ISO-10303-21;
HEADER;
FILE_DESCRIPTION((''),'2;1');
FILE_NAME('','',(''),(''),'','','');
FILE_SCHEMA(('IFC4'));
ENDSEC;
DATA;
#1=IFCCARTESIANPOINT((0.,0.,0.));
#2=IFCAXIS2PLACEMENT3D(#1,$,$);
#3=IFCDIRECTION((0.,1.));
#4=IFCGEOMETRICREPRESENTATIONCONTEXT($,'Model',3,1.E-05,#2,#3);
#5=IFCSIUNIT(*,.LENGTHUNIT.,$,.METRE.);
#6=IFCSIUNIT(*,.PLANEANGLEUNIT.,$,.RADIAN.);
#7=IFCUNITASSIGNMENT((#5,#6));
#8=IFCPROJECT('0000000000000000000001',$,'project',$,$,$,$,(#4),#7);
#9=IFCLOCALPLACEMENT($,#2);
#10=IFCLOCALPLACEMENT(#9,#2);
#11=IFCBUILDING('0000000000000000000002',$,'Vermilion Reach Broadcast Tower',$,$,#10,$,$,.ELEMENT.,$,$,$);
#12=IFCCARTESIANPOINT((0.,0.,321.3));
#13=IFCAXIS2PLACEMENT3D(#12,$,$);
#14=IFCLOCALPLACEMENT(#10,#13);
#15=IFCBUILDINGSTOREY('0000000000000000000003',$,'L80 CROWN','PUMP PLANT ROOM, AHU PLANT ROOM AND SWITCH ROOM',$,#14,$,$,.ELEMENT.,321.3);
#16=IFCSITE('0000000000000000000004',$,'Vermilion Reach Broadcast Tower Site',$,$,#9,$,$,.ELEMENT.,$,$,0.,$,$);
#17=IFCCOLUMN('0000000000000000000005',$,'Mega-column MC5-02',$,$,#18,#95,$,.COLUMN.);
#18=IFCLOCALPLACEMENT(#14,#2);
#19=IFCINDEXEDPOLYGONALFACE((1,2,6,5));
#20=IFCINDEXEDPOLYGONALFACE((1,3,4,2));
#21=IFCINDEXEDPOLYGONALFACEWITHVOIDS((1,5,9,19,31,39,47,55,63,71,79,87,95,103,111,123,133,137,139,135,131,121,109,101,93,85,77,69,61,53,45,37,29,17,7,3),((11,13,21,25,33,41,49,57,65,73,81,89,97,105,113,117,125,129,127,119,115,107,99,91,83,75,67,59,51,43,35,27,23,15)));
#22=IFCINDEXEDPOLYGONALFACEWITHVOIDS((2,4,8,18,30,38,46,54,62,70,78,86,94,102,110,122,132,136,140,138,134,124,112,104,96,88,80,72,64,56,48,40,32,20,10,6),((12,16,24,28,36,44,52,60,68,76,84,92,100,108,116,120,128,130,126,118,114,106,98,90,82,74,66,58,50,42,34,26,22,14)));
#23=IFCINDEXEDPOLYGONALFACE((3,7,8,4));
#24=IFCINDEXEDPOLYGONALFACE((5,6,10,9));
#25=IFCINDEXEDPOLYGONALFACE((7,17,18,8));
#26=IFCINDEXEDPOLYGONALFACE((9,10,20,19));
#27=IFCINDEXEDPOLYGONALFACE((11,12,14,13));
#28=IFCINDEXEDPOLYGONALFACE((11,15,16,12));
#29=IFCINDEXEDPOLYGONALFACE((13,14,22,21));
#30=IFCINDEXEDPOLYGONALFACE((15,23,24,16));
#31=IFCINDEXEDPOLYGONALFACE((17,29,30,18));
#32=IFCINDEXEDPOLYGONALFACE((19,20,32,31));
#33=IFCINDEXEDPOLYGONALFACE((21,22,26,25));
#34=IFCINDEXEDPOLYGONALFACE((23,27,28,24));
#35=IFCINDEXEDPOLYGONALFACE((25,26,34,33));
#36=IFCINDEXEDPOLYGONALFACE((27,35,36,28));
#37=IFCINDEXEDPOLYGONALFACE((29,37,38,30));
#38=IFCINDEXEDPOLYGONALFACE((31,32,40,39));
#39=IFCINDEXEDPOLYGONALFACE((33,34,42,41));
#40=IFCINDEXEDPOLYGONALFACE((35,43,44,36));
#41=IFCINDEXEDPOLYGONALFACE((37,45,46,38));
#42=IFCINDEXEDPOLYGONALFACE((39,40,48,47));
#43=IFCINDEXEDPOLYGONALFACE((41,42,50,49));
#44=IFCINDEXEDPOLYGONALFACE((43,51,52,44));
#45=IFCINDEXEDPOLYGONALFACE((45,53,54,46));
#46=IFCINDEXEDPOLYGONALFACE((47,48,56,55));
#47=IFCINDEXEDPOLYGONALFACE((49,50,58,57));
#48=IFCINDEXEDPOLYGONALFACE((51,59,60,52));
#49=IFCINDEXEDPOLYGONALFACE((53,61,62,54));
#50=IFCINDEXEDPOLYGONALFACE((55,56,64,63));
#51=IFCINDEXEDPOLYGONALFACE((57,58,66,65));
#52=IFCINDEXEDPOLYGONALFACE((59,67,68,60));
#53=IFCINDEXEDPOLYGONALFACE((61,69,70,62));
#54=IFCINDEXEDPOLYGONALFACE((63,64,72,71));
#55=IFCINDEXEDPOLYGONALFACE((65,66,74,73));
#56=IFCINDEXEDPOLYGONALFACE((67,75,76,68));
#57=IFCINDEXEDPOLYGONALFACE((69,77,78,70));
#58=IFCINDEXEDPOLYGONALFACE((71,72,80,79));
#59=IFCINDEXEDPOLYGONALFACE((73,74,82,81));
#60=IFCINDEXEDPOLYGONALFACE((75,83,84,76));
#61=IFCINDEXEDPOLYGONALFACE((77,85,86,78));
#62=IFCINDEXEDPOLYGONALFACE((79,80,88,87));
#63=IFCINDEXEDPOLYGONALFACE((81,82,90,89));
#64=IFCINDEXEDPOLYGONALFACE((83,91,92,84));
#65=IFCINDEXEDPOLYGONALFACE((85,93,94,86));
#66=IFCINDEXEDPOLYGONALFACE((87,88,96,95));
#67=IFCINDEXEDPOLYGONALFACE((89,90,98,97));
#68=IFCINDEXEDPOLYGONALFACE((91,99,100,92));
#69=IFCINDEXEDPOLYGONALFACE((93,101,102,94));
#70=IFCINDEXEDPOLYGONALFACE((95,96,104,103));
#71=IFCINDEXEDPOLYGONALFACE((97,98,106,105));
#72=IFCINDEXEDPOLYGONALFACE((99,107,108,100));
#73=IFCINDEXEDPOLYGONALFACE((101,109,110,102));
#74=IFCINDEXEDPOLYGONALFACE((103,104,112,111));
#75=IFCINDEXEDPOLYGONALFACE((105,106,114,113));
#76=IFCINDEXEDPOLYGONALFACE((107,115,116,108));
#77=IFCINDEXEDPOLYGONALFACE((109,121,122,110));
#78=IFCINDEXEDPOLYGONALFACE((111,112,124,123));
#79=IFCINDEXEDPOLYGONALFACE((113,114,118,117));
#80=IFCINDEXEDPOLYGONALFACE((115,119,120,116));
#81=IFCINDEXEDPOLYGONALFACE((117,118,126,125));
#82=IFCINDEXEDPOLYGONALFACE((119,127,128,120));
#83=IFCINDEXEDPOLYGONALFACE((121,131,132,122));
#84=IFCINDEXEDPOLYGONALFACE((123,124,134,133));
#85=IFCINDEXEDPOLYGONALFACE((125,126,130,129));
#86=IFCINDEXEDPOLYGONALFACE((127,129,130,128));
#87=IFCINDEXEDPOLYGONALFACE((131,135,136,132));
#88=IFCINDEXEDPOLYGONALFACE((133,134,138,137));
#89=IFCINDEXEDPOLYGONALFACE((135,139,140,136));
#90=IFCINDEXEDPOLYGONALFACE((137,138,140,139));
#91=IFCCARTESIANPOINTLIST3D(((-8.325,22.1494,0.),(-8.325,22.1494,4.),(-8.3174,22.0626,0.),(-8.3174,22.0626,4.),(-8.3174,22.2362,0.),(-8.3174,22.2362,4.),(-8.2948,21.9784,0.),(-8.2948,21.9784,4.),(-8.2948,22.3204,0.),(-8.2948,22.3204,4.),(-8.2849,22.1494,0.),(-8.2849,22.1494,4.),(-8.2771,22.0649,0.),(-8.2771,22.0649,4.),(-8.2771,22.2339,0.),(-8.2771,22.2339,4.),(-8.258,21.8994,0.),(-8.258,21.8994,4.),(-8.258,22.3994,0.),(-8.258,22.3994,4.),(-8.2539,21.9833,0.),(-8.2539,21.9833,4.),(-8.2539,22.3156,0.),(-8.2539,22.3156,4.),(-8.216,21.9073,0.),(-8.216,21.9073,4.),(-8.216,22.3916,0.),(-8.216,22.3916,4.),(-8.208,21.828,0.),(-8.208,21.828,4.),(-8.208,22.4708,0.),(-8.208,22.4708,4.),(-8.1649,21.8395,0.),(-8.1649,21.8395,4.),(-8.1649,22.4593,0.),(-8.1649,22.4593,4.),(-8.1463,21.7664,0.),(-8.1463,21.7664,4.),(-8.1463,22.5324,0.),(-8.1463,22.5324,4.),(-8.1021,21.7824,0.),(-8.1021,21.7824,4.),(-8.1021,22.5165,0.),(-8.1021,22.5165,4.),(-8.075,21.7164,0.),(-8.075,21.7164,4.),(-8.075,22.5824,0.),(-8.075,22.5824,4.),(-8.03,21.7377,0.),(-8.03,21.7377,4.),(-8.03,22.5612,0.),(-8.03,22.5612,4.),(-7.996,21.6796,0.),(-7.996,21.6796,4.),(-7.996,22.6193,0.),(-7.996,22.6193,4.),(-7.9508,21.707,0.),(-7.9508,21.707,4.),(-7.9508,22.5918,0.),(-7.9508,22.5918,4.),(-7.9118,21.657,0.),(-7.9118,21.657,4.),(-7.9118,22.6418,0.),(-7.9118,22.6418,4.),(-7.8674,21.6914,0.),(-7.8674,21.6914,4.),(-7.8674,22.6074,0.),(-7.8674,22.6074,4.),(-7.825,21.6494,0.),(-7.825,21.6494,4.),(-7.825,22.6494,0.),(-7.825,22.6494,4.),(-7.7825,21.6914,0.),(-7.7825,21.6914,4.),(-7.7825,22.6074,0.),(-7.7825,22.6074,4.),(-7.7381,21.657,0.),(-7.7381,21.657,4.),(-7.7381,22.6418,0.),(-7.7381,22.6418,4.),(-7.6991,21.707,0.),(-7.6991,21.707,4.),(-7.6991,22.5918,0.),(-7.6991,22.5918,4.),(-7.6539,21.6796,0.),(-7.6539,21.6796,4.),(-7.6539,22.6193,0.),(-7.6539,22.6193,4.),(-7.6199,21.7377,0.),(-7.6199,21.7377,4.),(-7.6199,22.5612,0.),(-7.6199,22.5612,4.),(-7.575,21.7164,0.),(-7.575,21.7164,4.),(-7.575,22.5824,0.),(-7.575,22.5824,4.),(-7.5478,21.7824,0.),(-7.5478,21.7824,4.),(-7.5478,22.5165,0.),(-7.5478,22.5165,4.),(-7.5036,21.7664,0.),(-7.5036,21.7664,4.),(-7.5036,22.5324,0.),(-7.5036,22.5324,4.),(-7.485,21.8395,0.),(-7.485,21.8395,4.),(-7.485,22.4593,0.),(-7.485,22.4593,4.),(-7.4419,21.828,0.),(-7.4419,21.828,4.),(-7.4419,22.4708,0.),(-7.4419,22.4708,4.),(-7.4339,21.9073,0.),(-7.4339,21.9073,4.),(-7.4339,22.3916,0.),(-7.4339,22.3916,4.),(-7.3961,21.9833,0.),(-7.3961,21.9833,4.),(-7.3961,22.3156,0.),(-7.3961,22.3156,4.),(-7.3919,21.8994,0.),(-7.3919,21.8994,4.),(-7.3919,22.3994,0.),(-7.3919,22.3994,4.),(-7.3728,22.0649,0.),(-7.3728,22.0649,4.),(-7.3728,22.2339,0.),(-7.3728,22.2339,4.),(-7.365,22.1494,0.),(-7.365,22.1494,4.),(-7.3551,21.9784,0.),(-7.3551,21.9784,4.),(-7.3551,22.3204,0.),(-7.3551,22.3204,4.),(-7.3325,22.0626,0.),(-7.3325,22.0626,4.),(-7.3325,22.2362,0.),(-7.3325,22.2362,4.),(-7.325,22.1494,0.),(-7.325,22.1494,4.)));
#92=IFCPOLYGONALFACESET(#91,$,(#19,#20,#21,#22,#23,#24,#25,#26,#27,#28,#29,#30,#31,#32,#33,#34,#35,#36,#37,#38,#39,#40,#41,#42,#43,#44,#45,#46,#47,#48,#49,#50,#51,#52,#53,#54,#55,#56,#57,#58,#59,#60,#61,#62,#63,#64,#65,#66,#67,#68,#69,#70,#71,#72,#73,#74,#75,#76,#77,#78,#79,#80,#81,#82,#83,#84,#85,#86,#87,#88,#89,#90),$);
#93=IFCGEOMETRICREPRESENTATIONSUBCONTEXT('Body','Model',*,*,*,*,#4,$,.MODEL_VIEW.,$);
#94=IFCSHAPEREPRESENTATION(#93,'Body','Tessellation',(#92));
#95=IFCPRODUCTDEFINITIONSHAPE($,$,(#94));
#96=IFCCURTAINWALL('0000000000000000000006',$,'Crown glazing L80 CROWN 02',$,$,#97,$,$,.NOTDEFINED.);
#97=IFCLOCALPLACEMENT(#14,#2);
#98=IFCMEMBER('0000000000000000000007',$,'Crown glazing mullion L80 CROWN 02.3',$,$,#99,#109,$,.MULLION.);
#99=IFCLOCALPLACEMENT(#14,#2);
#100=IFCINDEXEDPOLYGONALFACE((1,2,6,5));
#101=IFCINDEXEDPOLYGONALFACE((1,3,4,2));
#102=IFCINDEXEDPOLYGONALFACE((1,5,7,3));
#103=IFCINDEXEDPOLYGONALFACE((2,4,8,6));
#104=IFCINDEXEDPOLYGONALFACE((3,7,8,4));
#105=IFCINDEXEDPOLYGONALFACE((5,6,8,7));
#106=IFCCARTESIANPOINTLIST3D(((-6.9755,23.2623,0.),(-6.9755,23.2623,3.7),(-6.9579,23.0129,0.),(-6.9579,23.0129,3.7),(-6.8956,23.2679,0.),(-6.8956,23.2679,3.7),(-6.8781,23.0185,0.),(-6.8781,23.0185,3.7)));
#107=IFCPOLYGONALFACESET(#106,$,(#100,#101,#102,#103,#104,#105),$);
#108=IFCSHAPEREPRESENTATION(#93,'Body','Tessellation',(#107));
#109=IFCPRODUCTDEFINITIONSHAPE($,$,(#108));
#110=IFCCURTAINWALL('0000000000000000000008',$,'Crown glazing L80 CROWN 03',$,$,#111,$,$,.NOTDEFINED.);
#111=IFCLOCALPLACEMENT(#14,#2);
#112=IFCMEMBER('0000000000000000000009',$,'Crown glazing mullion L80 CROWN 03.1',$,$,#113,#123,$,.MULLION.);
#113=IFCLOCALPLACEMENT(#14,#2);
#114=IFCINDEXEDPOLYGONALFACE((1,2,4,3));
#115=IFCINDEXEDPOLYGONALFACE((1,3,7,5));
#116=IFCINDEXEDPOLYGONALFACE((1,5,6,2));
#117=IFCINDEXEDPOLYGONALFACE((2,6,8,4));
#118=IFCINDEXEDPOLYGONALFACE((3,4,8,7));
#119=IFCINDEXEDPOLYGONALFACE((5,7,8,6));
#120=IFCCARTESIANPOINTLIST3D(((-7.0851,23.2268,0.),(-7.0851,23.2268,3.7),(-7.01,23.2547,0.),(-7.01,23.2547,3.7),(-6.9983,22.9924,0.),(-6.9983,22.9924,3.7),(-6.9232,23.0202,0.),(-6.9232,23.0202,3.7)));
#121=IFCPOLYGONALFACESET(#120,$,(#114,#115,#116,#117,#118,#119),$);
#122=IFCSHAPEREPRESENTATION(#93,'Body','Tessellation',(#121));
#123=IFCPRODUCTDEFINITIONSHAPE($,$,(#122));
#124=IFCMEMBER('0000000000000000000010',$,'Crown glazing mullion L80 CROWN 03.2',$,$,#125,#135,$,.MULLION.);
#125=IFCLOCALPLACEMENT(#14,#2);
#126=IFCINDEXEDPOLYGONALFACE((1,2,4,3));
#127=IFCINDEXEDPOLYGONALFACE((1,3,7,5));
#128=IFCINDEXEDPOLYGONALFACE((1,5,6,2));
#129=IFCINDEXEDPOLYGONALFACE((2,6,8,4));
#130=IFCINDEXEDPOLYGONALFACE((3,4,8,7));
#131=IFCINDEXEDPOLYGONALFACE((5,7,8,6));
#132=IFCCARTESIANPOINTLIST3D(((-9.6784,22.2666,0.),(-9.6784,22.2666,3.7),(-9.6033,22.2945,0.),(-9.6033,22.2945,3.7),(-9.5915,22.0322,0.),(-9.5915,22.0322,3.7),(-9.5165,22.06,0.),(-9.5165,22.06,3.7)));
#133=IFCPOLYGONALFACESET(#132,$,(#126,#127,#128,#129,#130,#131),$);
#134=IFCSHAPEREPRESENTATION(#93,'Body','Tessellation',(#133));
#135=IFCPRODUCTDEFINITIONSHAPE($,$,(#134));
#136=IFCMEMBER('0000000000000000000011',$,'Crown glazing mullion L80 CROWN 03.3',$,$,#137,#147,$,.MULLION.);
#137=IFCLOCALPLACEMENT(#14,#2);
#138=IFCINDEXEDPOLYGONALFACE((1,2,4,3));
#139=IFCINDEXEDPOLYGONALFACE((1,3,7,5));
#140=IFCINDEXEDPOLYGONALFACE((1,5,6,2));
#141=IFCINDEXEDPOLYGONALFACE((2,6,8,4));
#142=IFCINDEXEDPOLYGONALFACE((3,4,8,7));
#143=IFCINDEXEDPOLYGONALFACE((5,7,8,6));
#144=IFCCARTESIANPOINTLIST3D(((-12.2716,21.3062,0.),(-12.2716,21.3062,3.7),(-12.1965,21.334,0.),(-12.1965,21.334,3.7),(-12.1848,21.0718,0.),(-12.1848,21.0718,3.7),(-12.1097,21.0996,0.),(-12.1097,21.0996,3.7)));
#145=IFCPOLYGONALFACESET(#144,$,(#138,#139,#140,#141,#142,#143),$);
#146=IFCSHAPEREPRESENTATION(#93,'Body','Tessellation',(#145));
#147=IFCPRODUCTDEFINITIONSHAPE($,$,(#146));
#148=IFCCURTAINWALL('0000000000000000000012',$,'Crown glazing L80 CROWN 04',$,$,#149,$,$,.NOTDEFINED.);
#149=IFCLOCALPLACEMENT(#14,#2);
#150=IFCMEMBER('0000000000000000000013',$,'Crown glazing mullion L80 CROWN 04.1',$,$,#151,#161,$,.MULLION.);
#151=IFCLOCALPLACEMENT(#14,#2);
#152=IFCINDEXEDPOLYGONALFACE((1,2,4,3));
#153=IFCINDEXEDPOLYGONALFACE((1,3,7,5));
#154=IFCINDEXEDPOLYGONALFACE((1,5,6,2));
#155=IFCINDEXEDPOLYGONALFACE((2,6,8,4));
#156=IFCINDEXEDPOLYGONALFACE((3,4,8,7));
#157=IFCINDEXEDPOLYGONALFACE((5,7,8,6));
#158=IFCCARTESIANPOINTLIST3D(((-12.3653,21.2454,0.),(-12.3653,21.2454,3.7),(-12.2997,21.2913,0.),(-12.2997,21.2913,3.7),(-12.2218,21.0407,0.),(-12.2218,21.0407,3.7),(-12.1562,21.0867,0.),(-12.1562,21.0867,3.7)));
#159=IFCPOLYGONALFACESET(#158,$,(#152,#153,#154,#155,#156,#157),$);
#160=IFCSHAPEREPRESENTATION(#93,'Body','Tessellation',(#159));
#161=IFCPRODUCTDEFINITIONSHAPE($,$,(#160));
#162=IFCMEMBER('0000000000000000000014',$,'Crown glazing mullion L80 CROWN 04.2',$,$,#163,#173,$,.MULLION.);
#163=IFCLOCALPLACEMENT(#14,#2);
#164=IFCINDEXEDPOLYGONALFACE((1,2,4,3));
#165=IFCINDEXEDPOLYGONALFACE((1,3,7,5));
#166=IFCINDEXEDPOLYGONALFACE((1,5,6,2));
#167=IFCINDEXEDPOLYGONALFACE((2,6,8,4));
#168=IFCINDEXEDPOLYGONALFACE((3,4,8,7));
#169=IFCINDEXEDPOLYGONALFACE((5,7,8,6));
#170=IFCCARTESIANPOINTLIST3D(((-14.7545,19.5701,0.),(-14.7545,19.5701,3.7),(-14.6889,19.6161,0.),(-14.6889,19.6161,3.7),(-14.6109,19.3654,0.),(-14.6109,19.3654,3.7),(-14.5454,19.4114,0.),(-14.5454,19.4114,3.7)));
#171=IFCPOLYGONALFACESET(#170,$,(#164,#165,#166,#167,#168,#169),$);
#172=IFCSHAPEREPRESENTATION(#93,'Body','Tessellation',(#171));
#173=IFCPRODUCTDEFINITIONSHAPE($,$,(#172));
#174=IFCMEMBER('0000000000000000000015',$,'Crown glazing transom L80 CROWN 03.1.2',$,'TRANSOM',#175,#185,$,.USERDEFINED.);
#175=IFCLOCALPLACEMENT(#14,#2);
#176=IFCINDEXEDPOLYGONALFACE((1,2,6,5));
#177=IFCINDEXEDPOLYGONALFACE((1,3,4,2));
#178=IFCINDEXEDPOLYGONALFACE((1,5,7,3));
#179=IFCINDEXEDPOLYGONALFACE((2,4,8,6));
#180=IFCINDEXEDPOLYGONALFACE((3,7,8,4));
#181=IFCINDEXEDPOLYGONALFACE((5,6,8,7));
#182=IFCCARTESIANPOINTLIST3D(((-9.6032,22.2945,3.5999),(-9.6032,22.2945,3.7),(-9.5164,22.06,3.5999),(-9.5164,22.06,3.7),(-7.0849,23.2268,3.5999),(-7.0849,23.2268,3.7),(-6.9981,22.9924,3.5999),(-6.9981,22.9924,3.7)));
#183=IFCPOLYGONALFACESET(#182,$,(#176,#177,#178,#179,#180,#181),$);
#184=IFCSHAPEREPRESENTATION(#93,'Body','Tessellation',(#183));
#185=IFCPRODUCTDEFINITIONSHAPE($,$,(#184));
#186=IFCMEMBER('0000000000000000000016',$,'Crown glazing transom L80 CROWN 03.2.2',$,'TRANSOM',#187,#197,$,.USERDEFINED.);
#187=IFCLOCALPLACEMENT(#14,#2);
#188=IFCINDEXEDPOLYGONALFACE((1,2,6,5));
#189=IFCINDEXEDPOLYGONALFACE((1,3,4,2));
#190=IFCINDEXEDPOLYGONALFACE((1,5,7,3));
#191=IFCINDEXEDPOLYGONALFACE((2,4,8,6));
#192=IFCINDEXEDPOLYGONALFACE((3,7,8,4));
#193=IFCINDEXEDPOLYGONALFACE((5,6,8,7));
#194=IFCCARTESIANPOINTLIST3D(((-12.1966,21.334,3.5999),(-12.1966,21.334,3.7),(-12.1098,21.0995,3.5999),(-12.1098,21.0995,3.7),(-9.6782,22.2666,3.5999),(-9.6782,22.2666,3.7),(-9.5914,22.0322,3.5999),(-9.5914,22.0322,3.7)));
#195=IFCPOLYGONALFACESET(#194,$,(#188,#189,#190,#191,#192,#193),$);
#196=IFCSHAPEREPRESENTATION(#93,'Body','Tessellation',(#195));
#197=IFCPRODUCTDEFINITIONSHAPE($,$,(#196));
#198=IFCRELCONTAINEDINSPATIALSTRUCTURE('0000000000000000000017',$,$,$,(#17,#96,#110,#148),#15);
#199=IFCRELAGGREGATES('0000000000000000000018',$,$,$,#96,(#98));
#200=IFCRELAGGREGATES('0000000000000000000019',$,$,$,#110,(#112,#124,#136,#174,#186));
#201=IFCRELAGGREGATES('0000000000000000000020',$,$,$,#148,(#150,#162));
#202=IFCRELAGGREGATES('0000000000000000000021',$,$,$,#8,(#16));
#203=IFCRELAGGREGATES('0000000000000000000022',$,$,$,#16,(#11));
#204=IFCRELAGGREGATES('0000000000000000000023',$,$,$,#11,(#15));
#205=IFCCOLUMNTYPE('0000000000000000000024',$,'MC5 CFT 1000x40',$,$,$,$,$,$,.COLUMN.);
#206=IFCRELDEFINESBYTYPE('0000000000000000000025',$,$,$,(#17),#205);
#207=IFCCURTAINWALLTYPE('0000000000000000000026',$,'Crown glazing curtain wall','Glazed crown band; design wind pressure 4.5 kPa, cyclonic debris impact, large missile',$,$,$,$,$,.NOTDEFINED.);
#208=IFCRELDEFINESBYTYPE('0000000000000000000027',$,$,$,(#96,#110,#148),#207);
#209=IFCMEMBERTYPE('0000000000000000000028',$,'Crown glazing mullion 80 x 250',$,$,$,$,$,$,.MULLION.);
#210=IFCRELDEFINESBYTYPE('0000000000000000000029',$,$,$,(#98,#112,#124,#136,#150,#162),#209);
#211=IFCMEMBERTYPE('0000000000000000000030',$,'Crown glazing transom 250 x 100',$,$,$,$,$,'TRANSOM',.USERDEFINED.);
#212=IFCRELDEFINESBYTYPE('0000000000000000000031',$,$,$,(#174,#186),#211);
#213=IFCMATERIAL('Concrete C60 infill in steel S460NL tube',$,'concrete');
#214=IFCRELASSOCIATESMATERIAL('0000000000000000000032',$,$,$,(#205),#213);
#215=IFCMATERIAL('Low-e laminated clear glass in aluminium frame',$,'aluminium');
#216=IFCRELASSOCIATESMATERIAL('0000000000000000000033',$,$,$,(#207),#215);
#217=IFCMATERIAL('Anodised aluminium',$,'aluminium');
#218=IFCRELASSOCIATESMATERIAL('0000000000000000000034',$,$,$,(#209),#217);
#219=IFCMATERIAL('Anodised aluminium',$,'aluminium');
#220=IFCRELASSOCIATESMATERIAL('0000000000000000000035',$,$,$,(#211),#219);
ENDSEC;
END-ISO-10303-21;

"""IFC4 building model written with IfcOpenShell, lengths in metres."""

from ifc_helpers import new_model, si_unit, direction, frame, origin, origin_2d, place, context, subcontext, project, spatial, rectangle, hollow_circle, extrude, material, material_profile, profile_set, type_object, element, aggregate, save


model = new_model("IFC4")

# Units and contexts
model_context = context("Model", 3, precision=1e-05, world=origin(), true_north=direction((0.0, 1.0)))
body_context = subcontext(model_context, "Body", "Model", "MODEL_VIEW")
ifc_project = project(units=[si_unit("LENGTHUNIT", "METRE"), si_unit("PLANEANGLEUNIT", "RADIAN")], contexts=[model_context])

# Site, building, storey
site_placement = place(None, origin())
site = spatial("IfcSite", under=ifc_project, at=site_placement, Name="Vermilion Reach Broadcast Tower Site", CompositionType="ELEMENT", RefElevation=0.0)
building_placement = place(site_placement, origin())
building = spatial("IfcBuilding", under=site, at=building_placement, Name="Vermilion Reach Broadcast Tower", CompositionType="ELEMENT")
storey_placement = place(building_placement, frame((0.0, 0.0, 321.3)))
storey = spatial("IfcBuildingStorey", under=building, at=storey_placement, Name="L80 CROWN", Description="PUMP PLANT ROOM, AHU PLANT ROOM AND SWITCH ROOM", CompositionType="ELEMENT", Elevation=321.3)

# Column
ifc_material_1 = material(Name="Concrete C60 infill in steel S460NL tube", Category="concrete")
ifc_material_profile_1 = material_profile(ifc_material_1, hollow_circle(Radius=0.5, WallThickness=0.04, at=origin_2d()), Name="Concrete C60 infill in steel S460NL tube CFT 1000x40")
ifc_profile_set_1 = profile_set([ifc_material_profile_1], Name="Concrete C60 infill in steel S460NL tube")
column_type = type_object("IfcColumnType", Name="MC5 CFT 1000x40", PredefinedType="COLUMN", material=ifc_profile_set_1)
column_placement = place(storey_placement, frame((-7.825, 22.1494, 0.0), z_axis=(0.0, 0.0, 1.0), x_axis=(1.0, 0.0, 0.0)))
element("IfcColumn", 1, at=column_placement, inside=storey, type_object=column_type, Name="Mega-column MC5-02", PredefinedType="COLUMN", context=body_context, shape_type="SweptSolid", body=[
    extrude(hollow_circle(Radius=0.5, WallThickness=0.04, at=origin_2d()), origin(), (0.0, 0.0, 1.0), 4.0),
])

# Curtain wall, member
ifc_material_2 = material(Name="Low-e laminated clear glass in aluminium frame", Category="aluminium")
curtain_wall_type = type_object("IfcCurtainWallType", Name="Crown glazing curtain wall", Description="Glazed crown band; design wind pressure 4.5 kPa, cyclonic debris impact, large missile", PredefinedType="NOTDEFINED", material=ifc_material_2)
placement = place(storey_placement, origin())
curtain_wall_1 = element("IfcCurtainWall", 2, at=placement, inside=storey, type_object=curtain_wall_type, Name="Crown glazing L80 CROWN 02", PredefinedType="NOTDEFINED")
ifc_material_3 = material(Name="Anodised aluminium", Category="aluminium")
ifc_material_profile_2 = material_profile(ifc_material_3, rectangle(XDim=0.25, YDim=0.0801, at=origin_2d()), Name="Crown glazing mullion 80 x 250")
ifc_profile_set_2 = profile_set([ifc_material_profile_2], Name="Anodised aluminium")
member_type_1 = type_object("IfcMemberType", Name="Crown glazing mullion 80 x 250", PredefinedType="MULLION", material=ifc_profile_set_2)
member_1_placement = place(storey_placement, frame((-6.9268, 23.1404, 0.0), z_axis=(0.0, 0.0, 1.0), x_axis=(0.070082, -0.997541, 0.0)))
member_1 = element("IfcMember", 3, at=member_1_placement, type_object=member_type_1, Name="Crown glazing mullion L80 CROWN 02.3", PredefinedType="MULLION", context=body_context, shape_type="SweptSolid", body=[
    extrude(rectangle(XDim=0.25, YDim=0.0801, at=origin_2d()), origin(), (0.0, 0.0, 1.0), 3.7),
])

# Curtain walls, members
curtain_wall_2 = element("IfcCurtainWall", 4, at=placement, inside=storey, type_object=curtain_wall_type, Name="Crown glazing L80 CROWN 03", PredefinedType="NOTDEFINED")
member_2_placement = place(storey_placement, frame((-7.0042, 23.1235, 0.0), z_axis=(0.0, 0.0, 1.0), x_axis=(0.347291, -0.937757, 0.0)))
member_2 = element("IfcMember", 5, at=member_2_placement, type_object=member_type_1, Name="Crown glazing mullion L80 CROWN 03.1", PredefinedType="MULLION", context=body_context, shape_type="SweptSolid", body=[
    extrude(rectangle(XDim=0.25, YDim=0.0801, at=origin_2d()), origin(), (0.0, 0.0, 1.0), 3.7),
])
member_3_placement = place(storey_placement, frame((-9.5974, 22.1633, 0.0), z_axis=(0.0, 0.0, 1.0), x_axis=(0.347291, -0.937757, 0.0)))
member_3 = element("IfcMember", 6, at=member_3_placement, type_object=member_type_1, Name="Crown glazing mullion L80 CROWN 03.2", PredefinedType="MULLION", context=body_context, shape_type="SweptSolid", body=[
    extrude(rectangle(XDim=0.25, YDim=0.0801, at=origin_2d()), origin(), (0.0, 0.0, 1.0), 3.7),
])
member_4_placement = place(storey_placement, frame((-12.1907, 21.2029, 0.0), z_axis=(0.0, 0.0, 1.0), x_axis=(0.347291, -0.937757, 0.0)))
member_4 = element("IfcMember", 7, at=member_4_placement, type_object=member_type_1, Name="Crown glazing mullion L80 CROWN 03.3", PredefinedType="MULLION", context=body_context, shape_type="SweptSolid", body=[
    extrude(rectangle(XDim=0.25, YDim=0.0801, at=origin_2d()), origin(), (0.0, 0.0, 1.0), 3.7),
])
curtain_wall_3 = element("IfcCurtainWall", 8, at=placement, inside=storey, type_object=curtain_wall_type, Name="Crown glazing L80 CROWN 04", PredefinedType="NOTDEFINED")
member_5_placement = place(storey_placement, frame((-12.2607, 21.166, 0.0), z_axis=(0.0, 0.0, 1.0), x_axis=(0.574164, -0.81874, 0.0)))
member_5 = element("IfcMember", 9, at=member_5_placement, type_object=member_type_1, Name="Crown glazing mullion L80 CROWN 04.1", PredefinedType="MULLION", context=body_context, shape_type="SweptSolid", body=[
    extrude(rectangle(XDim=0.25, YDim=0.0801, at=origin_2d()), origin(), (0.0, 0.0, 1.0), 3.7),
])
member_6_placement = place(storey_placement, frame((-14.6499, 19.4907, 0.0), z_axis=(0.0, 0.0, 1.0), x_axis=(0.574164, -0.81874, 0.0)))
member_6 = element("IfcMember", 10, at=member_6_placement, type_object=member_type_1, Name="Crown glazing mullion L80 CROWN 04.2", PredefinedType="MULLION", context=body_context, shape_type="SweptSolid", body=[
    extrude(rectangle(XDim=0.25, YDim=0.0801, at=origin_2d()), origin(), (0.0, 0.0, 1.0), 3.7),
])

# Members
ifc_material_4 = material(Name="Anodised aluminium", Category="aluminium")
ifc_material_profile_3 = material_profile(ifc_material_4, rectangle(XDim=0.25, YDim=0.1001, at=origin_2d()), Name="Crown glazing transom 250 x 100")
ifc_profile_set_3 = profile_set([ifc_material_profile_3], Name="Anodised aluminium")
member_type_2 = type_object("IfcMemberType", Name="Crown glazing transom 250 x 100", ElementType="TRANSOM", PredefinedType="USERDEFINED", material=ifc_profile_set_3)
member_7_placement = place(storey_placement, frame((-7.0415, 23.1096, 3.6499), z_axis=(-0.937789, -0.347205, 0.0), x_axis=(0.347205, -0.937789, 0.0)))
member_7 = element("IfcMember", 11, at=member_7_placement, type_object=member_type_2, Name="Crown glazing transom L80 CROWN 03.1.2", ObjectType="TRANSOM", PredefinedType="USERDEFINED", context=body_context, shape_type="SweptSolid", body=[
    extrude(rectangle(XDim=0.25, YDim=0.1001, at=origin_2d()), origin(), (0.0, 0.0, 1.0), 2.6853),
])
member_8_placement = place(storey_placement, frame((-9.6348, 22.1494, 3.6499), z_axis=(-0.93776, -0.347285, 0.0), x_axis=(0.347285, -0.93776, 0.0)))
member_8 = element("IfcMember", 12, at=member_8_placement, type_object=member_type_2, Name="Crown glazing transom L80 CROWN 03.2.2", ObjectType="TRANSOM", PredefinedType="USERDEFINED", context=body_context, shape_type="SweptSolid", body=[
    extrude(rectangle(XDim=0.25, YDim=0.1001, at=origin_2d()), origin(), (0.0, 0.0, 1.0), 2.6855),
])

aggregate(curtain_wall_1, [member_1])
aggregate(curtain_wall_2, [member_2, member_3, member_4, member_7, member_8])
aggregate(curtain_wall_3, [member_5, member_6])

save(model, "model.ifc")
